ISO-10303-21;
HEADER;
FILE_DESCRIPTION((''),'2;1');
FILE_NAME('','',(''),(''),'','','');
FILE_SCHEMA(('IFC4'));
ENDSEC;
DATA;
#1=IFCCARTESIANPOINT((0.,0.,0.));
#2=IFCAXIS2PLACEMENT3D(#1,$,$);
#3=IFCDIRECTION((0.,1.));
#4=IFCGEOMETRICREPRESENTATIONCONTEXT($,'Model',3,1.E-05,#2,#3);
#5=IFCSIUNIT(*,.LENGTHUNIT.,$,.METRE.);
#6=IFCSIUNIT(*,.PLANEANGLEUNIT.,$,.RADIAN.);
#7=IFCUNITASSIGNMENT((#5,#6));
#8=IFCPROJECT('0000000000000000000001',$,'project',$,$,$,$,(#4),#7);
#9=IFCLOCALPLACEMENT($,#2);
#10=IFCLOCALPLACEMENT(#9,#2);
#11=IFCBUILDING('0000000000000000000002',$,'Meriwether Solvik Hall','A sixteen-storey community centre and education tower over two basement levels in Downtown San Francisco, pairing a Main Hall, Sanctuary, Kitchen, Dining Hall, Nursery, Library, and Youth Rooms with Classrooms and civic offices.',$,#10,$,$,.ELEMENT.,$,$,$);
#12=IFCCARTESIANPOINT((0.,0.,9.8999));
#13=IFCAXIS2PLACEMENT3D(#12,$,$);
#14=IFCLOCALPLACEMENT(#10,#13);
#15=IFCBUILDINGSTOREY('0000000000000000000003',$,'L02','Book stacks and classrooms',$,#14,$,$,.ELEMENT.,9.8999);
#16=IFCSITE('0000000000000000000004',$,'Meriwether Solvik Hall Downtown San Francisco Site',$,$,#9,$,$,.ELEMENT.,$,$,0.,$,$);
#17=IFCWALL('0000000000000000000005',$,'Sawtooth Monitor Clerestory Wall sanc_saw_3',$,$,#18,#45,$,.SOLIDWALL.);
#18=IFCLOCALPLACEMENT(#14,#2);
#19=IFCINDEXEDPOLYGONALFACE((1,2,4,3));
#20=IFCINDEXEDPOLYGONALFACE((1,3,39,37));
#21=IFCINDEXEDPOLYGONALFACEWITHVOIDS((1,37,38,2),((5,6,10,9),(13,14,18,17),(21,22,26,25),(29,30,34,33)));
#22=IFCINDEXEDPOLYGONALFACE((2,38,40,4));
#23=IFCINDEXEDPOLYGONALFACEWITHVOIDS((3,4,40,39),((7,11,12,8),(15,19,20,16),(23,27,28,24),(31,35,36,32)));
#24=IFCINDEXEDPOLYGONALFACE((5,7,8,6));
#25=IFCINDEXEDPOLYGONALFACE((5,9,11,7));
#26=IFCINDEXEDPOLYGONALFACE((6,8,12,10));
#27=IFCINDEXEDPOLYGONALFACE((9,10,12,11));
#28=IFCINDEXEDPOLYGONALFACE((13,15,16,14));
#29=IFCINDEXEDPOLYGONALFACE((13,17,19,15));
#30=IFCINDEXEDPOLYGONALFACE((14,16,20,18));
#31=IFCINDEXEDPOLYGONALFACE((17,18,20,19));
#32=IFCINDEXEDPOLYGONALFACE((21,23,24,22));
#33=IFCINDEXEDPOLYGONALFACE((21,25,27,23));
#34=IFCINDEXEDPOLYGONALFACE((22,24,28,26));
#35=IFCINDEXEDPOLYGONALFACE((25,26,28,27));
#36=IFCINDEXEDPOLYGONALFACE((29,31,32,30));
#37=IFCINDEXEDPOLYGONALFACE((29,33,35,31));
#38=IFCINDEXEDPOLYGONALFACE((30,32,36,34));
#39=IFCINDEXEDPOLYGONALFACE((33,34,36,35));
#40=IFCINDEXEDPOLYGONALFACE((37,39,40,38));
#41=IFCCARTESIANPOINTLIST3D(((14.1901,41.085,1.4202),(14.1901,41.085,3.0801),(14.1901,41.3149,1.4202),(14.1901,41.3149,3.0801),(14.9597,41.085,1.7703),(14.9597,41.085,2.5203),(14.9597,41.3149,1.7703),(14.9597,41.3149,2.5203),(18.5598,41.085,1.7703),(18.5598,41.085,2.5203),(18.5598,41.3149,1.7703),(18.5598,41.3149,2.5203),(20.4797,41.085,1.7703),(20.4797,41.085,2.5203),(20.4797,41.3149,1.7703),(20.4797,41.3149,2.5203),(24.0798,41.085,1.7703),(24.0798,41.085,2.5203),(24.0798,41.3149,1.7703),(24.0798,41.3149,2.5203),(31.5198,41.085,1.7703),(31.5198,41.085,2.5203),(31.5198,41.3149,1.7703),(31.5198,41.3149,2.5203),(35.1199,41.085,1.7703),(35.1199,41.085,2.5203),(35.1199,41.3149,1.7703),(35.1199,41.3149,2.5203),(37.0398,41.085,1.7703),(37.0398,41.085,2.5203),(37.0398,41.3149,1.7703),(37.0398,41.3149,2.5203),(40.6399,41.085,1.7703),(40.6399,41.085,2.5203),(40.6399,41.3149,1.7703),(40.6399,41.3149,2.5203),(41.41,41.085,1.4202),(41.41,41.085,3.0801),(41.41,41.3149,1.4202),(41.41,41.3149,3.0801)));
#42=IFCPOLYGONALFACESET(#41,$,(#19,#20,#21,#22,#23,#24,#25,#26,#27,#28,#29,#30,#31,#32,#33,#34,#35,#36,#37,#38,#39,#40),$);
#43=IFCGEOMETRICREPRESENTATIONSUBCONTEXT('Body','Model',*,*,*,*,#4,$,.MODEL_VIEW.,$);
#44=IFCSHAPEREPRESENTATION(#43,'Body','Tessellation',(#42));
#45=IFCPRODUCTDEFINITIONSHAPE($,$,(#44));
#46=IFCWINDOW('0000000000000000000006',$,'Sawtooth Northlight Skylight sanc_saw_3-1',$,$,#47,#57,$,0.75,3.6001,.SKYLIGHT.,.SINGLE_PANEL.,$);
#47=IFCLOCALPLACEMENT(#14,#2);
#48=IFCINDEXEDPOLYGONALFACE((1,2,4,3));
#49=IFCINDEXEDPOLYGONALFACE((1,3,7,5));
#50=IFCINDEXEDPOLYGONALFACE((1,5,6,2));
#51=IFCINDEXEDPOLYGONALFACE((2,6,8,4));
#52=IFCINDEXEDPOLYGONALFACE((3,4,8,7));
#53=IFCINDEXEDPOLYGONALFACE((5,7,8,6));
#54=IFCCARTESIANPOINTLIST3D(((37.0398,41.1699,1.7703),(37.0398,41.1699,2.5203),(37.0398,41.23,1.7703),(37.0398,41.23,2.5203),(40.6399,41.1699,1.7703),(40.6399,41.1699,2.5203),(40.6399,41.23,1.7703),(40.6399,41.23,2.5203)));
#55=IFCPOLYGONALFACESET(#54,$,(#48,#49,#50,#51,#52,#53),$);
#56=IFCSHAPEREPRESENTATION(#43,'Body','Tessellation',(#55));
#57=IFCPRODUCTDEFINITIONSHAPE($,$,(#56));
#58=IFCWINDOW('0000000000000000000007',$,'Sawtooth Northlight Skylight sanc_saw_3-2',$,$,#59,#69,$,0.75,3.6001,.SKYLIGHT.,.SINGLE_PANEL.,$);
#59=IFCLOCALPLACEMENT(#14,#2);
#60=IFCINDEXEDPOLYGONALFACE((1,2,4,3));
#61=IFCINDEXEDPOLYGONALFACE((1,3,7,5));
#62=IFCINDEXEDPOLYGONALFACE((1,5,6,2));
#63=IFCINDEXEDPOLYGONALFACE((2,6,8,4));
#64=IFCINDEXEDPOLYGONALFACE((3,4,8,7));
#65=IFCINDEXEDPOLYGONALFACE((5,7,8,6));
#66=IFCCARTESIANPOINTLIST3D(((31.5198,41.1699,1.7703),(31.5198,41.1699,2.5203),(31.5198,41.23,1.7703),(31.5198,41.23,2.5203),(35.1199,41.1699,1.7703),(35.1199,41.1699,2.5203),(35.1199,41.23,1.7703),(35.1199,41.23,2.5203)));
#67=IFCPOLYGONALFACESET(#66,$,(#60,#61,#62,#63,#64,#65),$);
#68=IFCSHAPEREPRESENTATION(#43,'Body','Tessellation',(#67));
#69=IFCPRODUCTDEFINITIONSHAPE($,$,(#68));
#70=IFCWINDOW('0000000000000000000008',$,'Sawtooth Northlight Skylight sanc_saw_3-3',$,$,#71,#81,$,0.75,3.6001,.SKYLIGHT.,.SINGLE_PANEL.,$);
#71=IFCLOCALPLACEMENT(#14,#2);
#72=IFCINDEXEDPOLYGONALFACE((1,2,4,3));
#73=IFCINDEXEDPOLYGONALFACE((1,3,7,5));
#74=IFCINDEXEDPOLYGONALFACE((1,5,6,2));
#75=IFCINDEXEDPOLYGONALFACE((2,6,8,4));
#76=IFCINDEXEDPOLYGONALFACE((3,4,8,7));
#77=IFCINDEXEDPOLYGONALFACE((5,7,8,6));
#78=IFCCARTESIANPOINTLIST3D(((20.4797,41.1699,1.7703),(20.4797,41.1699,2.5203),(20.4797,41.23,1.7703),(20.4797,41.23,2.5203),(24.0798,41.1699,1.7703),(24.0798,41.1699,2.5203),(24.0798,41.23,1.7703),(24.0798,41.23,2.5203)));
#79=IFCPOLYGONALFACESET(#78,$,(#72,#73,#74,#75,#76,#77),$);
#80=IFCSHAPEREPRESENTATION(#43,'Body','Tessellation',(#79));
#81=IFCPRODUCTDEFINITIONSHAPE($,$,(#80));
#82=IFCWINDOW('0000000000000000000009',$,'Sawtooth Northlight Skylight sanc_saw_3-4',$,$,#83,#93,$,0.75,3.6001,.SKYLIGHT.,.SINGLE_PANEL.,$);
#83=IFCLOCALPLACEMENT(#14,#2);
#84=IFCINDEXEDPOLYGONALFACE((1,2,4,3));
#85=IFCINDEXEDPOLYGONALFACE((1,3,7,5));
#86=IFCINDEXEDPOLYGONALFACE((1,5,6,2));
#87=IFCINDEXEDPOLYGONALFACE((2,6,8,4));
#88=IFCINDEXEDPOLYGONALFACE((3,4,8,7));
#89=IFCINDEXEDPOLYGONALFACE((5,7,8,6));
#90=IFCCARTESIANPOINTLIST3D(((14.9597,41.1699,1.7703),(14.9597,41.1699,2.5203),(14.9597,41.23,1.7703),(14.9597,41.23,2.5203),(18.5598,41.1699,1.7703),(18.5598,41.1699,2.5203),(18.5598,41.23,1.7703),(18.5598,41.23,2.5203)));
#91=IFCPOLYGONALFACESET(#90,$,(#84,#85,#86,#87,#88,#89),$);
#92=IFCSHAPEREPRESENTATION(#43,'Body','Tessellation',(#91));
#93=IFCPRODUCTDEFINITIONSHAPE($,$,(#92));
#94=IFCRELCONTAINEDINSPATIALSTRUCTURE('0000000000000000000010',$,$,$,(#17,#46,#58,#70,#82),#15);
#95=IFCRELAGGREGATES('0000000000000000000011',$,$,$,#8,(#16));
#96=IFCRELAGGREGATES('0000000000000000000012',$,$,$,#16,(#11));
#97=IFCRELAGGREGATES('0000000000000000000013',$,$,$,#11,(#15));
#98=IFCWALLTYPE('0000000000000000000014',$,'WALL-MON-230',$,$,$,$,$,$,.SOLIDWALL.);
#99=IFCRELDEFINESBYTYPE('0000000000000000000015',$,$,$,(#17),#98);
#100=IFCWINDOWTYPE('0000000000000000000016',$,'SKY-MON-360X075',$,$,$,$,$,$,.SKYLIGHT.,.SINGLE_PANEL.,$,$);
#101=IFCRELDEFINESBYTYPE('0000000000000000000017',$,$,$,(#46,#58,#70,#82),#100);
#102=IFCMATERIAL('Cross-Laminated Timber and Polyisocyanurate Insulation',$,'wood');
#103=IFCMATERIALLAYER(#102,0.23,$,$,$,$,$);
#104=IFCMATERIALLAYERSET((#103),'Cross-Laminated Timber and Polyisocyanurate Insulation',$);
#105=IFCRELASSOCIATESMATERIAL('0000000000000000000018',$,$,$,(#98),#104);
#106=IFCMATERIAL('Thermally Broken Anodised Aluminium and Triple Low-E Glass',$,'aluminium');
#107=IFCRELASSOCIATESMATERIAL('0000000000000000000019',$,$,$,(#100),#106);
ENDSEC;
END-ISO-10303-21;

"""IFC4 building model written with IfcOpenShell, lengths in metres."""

from ifc_helpers import new_model, si_unit, direction, frame, frame_2d, origin, place, context, subcontext, project, spatial, rectangle, extrude, material, layer, layer_set, type_object, element, fill, save


model = new_model("IFC4")

# Units and contexts
model_context = context("Model", 3, precision=1e-05, world=origin(), true_north=direction((0.0, 1.0)))
body_context = subcontext(model_context, "Body", "Model", "MODEL_VIEW")
ifc_project = project(units=[si_unit("LENGTHUNIT", "METRE"), si_unit("PLANEANGLEUNIT", "RADIAN")], contexts=[model_context])

# Site, building, storey
site_placement = place(None, origin())
site = spatial("IfcSite", under=ifc_project, at=site_placement, Name="Meriwether Solvik Hall Downtown San Francisco Site", CompositionType="ELEMENT", RefElevation=0.0)
building_placement = place(site_placement, origin())
building = spatial("IfcBuilding", under=site, at=building_placement, Name="Meriwether Solvik Hall", Description="A sixteen-storey community centre and education tower over two basement levels in Downtown San Francisco, pairing a Main Hall, Sanctuary, Kitchen, Dining Hall, Nursery, Library, and Youth Rooms with Classrooms and civic offices.", CompositionType="ELEMENT")
storey_placement = place(building_placement, frame((0.0, 0.0, 9.8999)))
storey = spatial("IfcBuildingStorey", under=building, at=storey_placement, Name="L02", Description="Book stacks and classrooms", CompositionType="ELEMENT", Elevation=9.8999)

# Wall, openings, windows
ifc_material_1 = material(Name="Cross-Laminated Timber and Polyisocyanurate Insulation", Category="wood")
ifc_layer_1 = layer(ifc_material_1, 0.23)
ifc_layer_set_1 = layer_set([ifc_layer_1], Name="Cross-Laminated Timber and Polyisocyanurate Insulation")
wall_type_1 = type_object("IfcWallType", Name="WALL-MON-230", PredefinedType="SOLIDWALL", material=ifc_layer_set_1)
wall_1_placement = place(storey_placement, frame((41.4099, 41.2, 1.4202), z_axis=(0.0, 0.0, 1.0), x_axis=(-1.0, 0.0, 0.0)))
wall_1 = element("IfcWall", 1, at=wall_1_placement, inside=storey, type_object=wall_type_1, Name="Sawtooth Monitor Clerestory Wall sanc_saw_3", PredefinedType="SOLIDWALL", context=body_context, shape_type="SweptSolid", body=[
    extrude(rectangle(XDim=27.22, YDim=0.23, at=frame_2d((13.6099, 0.0))), origin(), (0.0, 0.0, 1.0), 1.6599),
])
opening_1_placement = place(wall_1_placement, frame((0.77, 0.0, 0.3501)))
opening_1 = element("IfcOpeningElement", 2, at=opening_1_placement, cuts=wall_1, PredefinedType="OPENING", context=body_context, shape_type="SweptSolid", body=[
    extrude(rectangle(XDim=3.6001, YDim=0.75, at=frame_2d((1.8, 0.375))), frame((0.0, 0.127, 0.0), z_axis=(0.0, -1.0, 0.0), x_axis=(1.0, 0.0, 0.0)), (0.0, 0.0, 1.0), 0.2539),
])
opening_2_placement = place(wall_1_placement, frame((6.29, 0.0, 0.3501)))
opening_2 = element("IfcOpeningElement", 3, at=opening_2_placement, cuts=wall_1, PredefinedType="OPENING", context=body_context, shape_type="SweptSolid", body=[
    extrude(rectangle(XDim=3.6001, YDim=0.75, at=frame_2d((1.8, 0.375))), frame((0.0, 0.127, 0.0), z_axis=(0.0, -1.0, 0.0), x_axis=(1.0, 0.0, 0.0)), (0.0, 0.0, 1.0), 0.2539),
])
opening_3_placement = place(wall_1_placement, frame((17.3301, 0.0, 0.3501)))
opening_3 = element("IfcOpeningElement", 4, at=opening_3_placement, cuts=wall_1, PredefinedType="OPENING", context=body_context, shape_type="SweptSolid", body=[
    extrude(rectangle(XDim=3.6001, YDim=0.75, at=frame_2d((1.8, 0.375))), frame((0.0, 0.127, 0.0), z_axis=(0.0, -1.0, 0.0), x_axis=(1.0, 0.0, 0.0)), (0.0, 0.0, 1.0), 0.2539),
])
opening_4_placement = place(wall_1_placement, frame((22.8501, 0.0, 0.3501)))
opening_4 = element("IfcOpeningElement", 5, at=opening_4_placement, cuts=wall_1, PredefinedType="OPENING", context=body_context, shape_type="SweptSolid", body=[
    extrude(rectangle(XDim=3.6001, YDim=0.75, at=frame_2d((1.8, 0.375))), frame((0.0, 0.127, 0.0), z_axis=(0.0, -1.0, 0.0), x_axis=(1.0, 0.0, 0.0)), (0.0, 0.0, 1.0), 0.2539),
])
ifc_material_2 = material(Name="Thermally Broken Anodised Aluminium and Triple Low-E Glass", Category="aluminium")
window_type = type_object("IfcWindowType", Name="SKY-MON-360X075", PartitioningType="SINGLE_PANEL", PredefinedType="SKYLIGHT", material=ifc_material_2)
window_1_placement = place(opening_1_placement, origin())
window_1 = element("IfcWindow", 6, at=window_1_placement, inside=storey, type_object=window_type, Name="Sawtooth Northlight Skylight sanc_saw_3-1", OverallHeight=0.75, OverallWidth=3.6001, PartitioningType="SINGLE_PANEL", PredefinedType="SKYLIGHT", context=body_context, shape_type="SweptSolid", body=[
    extrude(rectangle(XDim=3.6001, YDim=0.75, at=frame_2d((1.8, 0.375))), frame((0.0, 0.03, 0.0), z_axis=(0.0, -1.0, 0.0), x_axis=(1.0, 0.0, 0.0)), (0.0, 0.0, 1.0), 0.0601),
])
fill(opening_1, window_1)
window_2_placement = place(opening_2_placement, origin())
window_2 = element("IfcWindow", 7, at=window_2_placement, inside=storey, type_object=window_type, Name="Sawtooth Northlight Skylight sanc_saw_3-2", OverallHeight=0.75, OverallWidth=3.6001, PartitioningType="SINGLE_PANEL", PredefinedType="SKYLIGHT", context=body_context, shape_type="SweptSolid", body=[
    extrude(rectangle(XDim=3.6001, YDim=0.75, at=frame_2d((1.8, 0.375))), frame((0.0, 0.03, 0.0), z_axis=(0.0, -1.0, 0.0), x_axis=(1.0, 0.0, 0.0)), (0.0, 0.0, 1.0), 0.0601),
])
fill(opening_2, window_2)
window_3_placement = place(opening_3_placement, origin())
window_3 = element("IfcWindow", 8, at=window_3_placement, inside=storey, type_object=window_type, Name="Sawtooth Northlight Skylight sanc_saw_3-3", OverallHeight=0.75, OverallWidth=3.6001, PartitioningType="SINGLE_PANEL", PredefinedType="SKYLIGHT", context=body_context, shape_type="SweptSolid", body=[
    extrude(rectangle(XDim=3.6001, YDim=0.75, at=frame_2d((1.8, 0.375))), frame((0.0, 0.03, 0.0), z_axis=(0.0, -1.0, 0.0), x_axis=(1.0, 0.0, 0.0)), (0.0, 0.0, 1.0), 0.0601),
])
fill(opening_3, window_3)
window_4_placement = place(opening_4_placement, origin())
window_4 = element("IfcWindow", 9, at=window_4_placement, inside=storey, type_object=window_type, Name="Sawtooth Northlight Skylight sanc_saw_3-4", OverallHeight=0.75, OverallWidth=3.6001, PartitioningType="SINGLE_PANEL", PredefinedType="SKYLIGHT", context=body_context, shape_type="SweptSolid", body=[
    extrude(rectangle(XDim=3.6001, YDim=0.75, at=frame_2d((1.8, 0.375))), frame((0.0, 0.03, 0.0), z_axis=(0.0, -1.0, 0.0), x_axis=(1.0, 0.0, 0.0)), (0.0, 0.0, 1.0), 0.0601),
])
fill(opening_4, window_4)

save(model, "model.ifc")
